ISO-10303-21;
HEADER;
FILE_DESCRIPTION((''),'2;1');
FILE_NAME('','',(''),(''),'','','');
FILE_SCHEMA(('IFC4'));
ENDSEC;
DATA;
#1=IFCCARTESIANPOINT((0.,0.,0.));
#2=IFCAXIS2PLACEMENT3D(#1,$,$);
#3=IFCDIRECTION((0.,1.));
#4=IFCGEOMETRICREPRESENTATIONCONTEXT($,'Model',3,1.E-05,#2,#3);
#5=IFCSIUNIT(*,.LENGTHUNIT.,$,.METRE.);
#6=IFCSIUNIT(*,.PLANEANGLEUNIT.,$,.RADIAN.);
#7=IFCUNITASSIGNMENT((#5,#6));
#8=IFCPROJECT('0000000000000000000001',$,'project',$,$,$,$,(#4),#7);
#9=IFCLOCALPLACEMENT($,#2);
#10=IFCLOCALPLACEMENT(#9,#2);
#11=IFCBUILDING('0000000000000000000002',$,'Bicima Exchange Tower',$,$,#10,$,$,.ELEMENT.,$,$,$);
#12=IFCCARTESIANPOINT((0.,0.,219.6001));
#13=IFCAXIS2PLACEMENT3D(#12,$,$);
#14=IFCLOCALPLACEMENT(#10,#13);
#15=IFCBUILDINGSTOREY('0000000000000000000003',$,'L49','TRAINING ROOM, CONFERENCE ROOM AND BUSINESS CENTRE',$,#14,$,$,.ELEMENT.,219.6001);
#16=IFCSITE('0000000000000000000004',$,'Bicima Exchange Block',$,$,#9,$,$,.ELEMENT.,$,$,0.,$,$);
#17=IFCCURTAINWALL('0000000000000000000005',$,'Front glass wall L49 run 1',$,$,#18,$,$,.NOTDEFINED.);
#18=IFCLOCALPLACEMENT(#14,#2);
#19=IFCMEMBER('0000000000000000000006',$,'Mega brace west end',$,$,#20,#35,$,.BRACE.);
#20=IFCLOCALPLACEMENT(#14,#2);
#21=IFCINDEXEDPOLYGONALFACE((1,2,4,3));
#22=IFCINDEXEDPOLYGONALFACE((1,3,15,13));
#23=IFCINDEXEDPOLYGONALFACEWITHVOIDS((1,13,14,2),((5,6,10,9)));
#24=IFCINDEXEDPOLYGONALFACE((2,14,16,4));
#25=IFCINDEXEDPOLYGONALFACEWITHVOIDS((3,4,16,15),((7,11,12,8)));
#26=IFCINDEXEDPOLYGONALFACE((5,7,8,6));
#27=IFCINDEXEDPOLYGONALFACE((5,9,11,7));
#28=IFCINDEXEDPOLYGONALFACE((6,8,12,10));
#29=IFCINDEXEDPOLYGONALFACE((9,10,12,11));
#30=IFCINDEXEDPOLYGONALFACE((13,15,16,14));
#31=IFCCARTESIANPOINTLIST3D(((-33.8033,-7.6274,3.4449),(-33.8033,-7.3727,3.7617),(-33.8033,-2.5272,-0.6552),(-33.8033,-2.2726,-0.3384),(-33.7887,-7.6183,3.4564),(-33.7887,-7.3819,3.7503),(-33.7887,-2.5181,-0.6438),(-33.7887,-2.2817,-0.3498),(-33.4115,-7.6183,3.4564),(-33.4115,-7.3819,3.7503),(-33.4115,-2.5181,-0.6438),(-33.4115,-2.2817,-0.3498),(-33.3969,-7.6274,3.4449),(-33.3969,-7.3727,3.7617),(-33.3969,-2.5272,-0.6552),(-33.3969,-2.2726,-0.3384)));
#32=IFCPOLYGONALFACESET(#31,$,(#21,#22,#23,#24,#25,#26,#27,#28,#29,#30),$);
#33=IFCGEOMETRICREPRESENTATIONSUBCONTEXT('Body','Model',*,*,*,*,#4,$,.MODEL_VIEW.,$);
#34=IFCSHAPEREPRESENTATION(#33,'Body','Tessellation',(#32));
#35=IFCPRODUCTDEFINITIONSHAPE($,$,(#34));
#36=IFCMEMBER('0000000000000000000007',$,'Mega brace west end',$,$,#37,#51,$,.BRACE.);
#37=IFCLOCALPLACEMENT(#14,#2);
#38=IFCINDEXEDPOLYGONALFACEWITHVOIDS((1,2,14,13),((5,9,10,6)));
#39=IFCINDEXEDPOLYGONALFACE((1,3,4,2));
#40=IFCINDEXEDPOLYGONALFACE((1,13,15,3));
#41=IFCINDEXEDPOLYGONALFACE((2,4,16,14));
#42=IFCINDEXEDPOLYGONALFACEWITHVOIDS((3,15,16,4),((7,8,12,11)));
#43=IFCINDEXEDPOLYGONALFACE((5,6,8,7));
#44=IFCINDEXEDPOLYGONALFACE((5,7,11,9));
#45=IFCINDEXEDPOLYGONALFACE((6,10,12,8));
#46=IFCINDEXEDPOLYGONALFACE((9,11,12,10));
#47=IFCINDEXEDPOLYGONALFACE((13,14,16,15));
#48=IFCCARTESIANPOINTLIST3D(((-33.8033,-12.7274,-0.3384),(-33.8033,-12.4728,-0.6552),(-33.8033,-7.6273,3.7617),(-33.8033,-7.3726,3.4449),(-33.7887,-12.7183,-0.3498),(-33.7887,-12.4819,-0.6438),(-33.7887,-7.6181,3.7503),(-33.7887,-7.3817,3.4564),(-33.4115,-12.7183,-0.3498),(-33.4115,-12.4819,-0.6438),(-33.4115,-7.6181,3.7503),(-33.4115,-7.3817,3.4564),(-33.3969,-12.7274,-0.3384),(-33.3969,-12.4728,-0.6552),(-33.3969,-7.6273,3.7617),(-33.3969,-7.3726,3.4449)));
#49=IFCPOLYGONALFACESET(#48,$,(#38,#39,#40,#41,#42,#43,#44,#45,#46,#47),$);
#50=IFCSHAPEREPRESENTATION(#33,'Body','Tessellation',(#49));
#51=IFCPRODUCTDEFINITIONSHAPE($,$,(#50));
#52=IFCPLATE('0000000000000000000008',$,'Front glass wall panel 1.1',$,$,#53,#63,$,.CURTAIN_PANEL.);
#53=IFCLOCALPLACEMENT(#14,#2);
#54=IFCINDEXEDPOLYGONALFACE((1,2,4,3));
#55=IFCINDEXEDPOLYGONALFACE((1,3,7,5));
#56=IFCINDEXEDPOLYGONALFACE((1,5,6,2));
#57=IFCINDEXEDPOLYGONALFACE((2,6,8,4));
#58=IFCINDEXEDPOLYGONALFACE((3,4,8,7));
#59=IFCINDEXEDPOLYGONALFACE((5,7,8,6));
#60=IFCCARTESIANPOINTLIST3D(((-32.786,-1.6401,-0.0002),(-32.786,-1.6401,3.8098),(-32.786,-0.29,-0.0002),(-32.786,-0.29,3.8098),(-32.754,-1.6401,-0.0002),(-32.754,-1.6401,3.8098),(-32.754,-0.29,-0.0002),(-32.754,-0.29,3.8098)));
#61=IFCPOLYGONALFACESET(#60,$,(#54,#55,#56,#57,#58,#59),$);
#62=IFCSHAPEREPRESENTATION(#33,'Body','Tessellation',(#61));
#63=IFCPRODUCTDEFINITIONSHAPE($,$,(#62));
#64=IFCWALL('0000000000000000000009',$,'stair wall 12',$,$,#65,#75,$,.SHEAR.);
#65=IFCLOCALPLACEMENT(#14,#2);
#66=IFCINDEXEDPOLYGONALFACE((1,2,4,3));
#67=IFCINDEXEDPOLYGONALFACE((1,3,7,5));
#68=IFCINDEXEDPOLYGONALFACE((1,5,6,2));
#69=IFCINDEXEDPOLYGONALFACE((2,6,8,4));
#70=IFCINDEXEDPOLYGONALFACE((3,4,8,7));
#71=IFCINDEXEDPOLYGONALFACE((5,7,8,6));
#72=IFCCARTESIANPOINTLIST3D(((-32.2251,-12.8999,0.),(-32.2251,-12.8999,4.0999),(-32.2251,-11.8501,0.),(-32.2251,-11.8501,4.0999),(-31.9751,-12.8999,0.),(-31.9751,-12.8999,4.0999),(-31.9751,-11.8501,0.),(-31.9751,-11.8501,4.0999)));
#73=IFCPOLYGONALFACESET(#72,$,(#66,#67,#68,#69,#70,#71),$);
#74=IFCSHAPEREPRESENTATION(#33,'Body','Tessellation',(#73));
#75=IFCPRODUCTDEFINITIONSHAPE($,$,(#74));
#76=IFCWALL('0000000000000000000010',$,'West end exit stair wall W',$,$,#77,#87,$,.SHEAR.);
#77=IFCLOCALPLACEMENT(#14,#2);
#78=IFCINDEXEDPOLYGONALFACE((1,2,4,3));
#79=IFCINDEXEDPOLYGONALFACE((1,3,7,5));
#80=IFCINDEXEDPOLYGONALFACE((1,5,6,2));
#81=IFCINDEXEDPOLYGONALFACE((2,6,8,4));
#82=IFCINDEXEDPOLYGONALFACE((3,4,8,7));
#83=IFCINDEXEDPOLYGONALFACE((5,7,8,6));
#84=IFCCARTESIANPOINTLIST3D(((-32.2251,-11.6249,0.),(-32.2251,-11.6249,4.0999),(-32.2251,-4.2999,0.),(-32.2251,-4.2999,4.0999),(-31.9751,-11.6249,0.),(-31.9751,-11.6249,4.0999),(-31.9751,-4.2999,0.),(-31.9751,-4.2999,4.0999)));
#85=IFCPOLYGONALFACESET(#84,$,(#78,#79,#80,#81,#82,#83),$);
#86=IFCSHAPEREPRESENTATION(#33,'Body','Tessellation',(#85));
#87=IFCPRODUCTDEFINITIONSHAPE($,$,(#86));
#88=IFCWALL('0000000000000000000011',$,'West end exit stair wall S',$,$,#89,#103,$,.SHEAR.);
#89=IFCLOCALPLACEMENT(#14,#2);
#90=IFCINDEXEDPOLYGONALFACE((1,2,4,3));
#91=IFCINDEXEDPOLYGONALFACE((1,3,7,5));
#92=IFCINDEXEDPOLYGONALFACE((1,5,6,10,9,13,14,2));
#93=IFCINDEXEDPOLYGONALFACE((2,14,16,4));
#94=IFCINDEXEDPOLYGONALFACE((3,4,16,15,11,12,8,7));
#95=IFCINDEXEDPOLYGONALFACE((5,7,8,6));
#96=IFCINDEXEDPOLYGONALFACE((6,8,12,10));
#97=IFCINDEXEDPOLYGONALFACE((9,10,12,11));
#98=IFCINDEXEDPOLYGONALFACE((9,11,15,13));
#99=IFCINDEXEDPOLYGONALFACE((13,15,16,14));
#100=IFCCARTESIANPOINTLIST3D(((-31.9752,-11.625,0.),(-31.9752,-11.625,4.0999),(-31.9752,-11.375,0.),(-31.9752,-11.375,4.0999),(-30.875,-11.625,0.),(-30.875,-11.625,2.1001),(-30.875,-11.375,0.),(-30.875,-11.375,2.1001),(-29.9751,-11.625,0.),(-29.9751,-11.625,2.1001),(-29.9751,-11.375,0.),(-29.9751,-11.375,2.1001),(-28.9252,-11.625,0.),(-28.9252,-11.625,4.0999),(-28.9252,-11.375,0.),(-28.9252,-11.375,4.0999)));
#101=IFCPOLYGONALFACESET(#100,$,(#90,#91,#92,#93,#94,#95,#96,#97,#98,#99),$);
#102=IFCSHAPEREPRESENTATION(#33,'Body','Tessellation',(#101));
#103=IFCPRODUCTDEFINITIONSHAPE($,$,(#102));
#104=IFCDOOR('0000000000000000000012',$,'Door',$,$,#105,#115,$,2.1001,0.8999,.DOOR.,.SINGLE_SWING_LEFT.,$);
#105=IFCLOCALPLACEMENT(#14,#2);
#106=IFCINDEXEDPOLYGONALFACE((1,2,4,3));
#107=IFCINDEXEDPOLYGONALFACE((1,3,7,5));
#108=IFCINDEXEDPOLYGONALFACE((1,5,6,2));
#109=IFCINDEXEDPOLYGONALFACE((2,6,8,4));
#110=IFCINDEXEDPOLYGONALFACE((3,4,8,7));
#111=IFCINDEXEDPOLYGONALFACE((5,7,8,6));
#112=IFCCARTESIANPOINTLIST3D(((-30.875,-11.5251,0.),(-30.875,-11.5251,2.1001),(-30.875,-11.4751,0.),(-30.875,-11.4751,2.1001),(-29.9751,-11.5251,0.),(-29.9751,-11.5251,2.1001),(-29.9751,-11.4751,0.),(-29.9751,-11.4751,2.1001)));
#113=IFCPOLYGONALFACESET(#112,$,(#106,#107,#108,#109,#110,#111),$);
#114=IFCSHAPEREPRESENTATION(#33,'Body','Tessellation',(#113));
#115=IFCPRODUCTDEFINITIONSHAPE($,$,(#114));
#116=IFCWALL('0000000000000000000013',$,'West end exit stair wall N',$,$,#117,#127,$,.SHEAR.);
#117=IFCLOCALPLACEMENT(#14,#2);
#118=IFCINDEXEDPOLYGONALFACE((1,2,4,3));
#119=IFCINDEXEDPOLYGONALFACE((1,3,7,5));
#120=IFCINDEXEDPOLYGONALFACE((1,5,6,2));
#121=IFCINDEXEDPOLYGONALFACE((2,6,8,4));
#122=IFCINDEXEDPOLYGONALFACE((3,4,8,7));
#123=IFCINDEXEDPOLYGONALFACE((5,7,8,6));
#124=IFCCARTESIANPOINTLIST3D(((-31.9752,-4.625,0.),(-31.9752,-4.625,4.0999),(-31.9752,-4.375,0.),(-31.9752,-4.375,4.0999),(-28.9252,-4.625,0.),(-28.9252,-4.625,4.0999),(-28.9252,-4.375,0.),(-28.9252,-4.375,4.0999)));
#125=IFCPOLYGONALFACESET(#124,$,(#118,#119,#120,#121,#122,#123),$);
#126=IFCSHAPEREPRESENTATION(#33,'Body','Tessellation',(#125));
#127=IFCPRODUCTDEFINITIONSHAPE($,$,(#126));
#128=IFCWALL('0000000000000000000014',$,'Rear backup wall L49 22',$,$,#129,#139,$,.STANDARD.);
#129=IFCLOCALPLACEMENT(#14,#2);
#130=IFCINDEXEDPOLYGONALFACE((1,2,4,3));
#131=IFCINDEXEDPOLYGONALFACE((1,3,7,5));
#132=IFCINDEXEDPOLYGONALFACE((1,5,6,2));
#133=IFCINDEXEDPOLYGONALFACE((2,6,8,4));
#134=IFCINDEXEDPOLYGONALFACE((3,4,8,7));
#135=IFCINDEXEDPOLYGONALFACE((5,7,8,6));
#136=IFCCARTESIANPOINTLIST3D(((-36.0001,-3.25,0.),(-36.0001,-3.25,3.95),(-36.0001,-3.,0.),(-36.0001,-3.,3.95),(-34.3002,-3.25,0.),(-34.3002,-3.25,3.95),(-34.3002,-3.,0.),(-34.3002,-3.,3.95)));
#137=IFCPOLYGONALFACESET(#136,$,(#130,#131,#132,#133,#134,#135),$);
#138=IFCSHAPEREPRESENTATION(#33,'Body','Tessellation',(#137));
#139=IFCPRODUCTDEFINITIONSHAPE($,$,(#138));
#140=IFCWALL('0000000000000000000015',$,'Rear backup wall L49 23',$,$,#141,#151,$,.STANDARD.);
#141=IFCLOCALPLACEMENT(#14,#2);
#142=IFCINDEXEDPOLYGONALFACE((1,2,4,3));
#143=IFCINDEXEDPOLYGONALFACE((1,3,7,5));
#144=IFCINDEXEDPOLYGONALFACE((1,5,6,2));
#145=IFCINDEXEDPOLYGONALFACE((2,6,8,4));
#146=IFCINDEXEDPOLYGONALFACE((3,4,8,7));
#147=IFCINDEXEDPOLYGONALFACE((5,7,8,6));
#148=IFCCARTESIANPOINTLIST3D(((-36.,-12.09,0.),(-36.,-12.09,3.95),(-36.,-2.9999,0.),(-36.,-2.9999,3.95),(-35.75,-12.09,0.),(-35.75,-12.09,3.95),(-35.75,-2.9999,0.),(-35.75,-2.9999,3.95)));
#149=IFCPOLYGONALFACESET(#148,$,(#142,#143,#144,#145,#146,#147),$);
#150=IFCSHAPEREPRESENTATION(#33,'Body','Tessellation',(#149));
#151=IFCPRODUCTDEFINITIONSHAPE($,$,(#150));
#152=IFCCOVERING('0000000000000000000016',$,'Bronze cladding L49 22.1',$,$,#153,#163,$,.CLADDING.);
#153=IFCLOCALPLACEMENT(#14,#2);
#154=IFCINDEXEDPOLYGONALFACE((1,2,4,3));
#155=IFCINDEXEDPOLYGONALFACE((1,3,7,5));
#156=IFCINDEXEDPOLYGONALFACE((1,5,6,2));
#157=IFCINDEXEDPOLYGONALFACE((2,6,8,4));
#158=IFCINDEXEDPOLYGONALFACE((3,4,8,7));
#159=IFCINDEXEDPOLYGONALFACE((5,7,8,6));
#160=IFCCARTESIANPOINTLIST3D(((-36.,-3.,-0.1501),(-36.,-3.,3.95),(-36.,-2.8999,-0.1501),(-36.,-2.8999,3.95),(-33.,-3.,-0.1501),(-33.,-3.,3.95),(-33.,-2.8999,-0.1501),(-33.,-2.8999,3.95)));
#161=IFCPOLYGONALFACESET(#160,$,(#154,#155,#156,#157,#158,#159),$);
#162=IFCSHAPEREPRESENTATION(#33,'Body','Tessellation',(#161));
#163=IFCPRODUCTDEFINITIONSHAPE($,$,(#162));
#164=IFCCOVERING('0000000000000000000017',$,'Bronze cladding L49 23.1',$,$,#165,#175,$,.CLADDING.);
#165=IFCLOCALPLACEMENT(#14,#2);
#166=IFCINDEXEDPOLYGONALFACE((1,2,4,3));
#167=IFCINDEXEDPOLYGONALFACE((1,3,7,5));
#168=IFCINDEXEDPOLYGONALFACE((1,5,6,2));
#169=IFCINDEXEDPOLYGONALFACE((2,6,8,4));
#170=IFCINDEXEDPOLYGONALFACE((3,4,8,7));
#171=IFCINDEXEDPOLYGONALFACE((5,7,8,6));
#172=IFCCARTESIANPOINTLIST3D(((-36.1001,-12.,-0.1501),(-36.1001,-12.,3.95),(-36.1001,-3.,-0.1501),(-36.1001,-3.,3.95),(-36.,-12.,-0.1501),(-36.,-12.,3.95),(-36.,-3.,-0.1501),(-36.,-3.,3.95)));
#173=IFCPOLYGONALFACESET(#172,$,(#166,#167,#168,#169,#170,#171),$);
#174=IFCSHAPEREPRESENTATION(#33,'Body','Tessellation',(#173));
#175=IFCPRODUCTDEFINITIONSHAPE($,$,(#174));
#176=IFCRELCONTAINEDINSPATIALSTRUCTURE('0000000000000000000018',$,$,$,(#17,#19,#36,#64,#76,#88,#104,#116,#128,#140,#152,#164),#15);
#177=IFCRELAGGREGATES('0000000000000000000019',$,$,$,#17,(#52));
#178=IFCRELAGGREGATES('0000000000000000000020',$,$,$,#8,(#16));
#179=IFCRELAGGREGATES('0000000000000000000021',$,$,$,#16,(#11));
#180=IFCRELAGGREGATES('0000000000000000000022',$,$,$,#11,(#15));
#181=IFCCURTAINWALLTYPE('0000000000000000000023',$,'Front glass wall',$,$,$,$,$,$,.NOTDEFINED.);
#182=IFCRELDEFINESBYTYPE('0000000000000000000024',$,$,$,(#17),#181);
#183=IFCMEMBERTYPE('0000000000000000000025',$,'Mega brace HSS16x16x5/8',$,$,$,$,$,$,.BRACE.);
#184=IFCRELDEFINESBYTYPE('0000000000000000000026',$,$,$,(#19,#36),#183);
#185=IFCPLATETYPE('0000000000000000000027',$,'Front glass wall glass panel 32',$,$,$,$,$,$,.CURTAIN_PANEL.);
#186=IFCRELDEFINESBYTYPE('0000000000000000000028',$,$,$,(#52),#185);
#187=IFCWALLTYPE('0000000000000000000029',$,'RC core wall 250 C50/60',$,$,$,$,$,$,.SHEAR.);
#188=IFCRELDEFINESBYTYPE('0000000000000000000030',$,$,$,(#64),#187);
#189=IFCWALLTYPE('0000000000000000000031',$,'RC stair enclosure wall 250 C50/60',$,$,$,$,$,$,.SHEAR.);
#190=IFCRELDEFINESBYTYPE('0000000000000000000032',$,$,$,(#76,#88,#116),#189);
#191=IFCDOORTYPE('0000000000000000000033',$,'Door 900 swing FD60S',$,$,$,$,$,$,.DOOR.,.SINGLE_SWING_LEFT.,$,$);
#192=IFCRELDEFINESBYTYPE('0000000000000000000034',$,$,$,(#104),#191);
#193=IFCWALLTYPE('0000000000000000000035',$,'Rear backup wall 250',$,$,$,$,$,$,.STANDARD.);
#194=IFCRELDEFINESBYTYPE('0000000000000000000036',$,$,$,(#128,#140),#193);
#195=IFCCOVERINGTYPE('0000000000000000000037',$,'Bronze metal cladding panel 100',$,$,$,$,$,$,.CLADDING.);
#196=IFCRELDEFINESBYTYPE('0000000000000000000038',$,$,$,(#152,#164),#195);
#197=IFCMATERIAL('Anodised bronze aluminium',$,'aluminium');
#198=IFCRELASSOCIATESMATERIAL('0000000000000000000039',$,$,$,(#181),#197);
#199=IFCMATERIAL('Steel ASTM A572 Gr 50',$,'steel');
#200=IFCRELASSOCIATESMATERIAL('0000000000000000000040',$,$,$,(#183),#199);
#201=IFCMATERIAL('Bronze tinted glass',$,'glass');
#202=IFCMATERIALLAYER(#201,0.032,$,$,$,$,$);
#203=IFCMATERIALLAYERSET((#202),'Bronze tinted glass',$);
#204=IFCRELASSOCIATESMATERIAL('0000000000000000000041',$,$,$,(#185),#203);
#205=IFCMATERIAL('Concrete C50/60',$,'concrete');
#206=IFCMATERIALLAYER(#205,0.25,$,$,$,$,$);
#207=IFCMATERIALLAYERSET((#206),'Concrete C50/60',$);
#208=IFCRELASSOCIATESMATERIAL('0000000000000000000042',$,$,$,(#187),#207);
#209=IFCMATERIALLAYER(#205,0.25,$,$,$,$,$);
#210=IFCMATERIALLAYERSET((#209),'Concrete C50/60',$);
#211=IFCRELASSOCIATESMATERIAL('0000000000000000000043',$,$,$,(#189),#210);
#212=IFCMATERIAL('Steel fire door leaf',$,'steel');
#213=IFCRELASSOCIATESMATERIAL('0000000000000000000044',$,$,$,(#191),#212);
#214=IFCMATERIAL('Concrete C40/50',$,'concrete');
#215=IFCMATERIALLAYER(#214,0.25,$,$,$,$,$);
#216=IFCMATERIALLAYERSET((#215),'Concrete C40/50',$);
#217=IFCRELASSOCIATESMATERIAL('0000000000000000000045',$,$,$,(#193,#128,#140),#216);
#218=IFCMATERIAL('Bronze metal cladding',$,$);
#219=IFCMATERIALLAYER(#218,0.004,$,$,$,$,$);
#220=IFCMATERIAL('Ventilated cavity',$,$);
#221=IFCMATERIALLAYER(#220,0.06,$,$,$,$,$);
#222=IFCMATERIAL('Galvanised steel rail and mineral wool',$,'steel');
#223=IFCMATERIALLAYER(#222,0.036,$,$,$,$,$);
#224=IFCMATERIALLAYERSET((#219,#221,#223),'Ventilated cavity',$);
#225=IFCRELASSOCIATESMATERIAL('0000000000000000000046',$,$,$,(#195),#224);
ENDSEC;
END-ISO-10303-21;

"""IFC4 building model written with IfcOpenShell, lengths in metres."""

from ifc_helpers import new_model, si_unit, direction, frame, frame_2d, origin, origin_2d, place, context, subcontext, project, spatial, rectangle, hollow_rectangle, extrude, material, layer, layer_set, layer_usage, material_profile, profile_set, type_object, element, fill, aggregate, save


model = new_model("IFC4")

# Units and contexts
model_context = context("Model", 3, precision=1e-05, world=origin(), true_north=direction((0.0, 1.0)))
body_context = subcontext(model_context, "Body", "Model", "MODEL_VIEW")
ifc_project = project(units=[si_unit("LENGTHUNIT", "METRE"), si_unit("PLANEANGLEUNIT", "RADIAN")], contexts=[model_context])

# Site, building, storey
site_placement = place(None, origin())
site = spatial("IfcSite", under=ifc_project, at=site_placement, Name="Bicima Exchange Block", CompositionType="ELEMENT", RefElevation=0.0)
building_placement = place(site_placement, origin())
building = spatial("IfcBuilding", under=site, at=building_placement, Name="Bicima Exchange Tower", CompositionType="ELEMENT")
storey_placement = place(building_placement, frame((0.0, 0.0, 219.6001)))
storey = spatial("IfcBuildingStorey", under=building, at=storey_placement, Name="L49", Description="TRAINING ROOM, CONFERENCE ROOM AND BUSINESS CENTRE", CompositionType="ELEMENT", Elevation=219.6001)

# Shared definitions
ifc_material_1 = material(Name="Steel ASTM A572 Gr 50", Category="steel")

# Shared definitions
ifc_material_2 = material(Name="Anodised bronze aluminium", Category="aluminium")

# Curtain wall
curtain_wall_type_1 = type_object("IfcCurtainWallType", Name="Front glass wall", PredefinedType="NOTDEFINED", material=ifc_material_2)
curtain_wall_1_placement = place(storey_placement, origin())
curtain_wall_1 = element("IfcCurtainWall", 1, at=curtain_wall_1_placement, inside=storey, type_object=curtain_wall_type_1, Name="Front glass wall L49 run 1", PredefinedType="NOTDEFINED")

# Members
ifc_material_profile_1 = material_profile(ifc_material_1, hollow_rectangle(XDim=0.4065, YDim=0.4065, WallThickness=0.0146, at=origin_2d()))
ifc_profile_set_1 = profile_set([ifc_material_profile_1], Name="Steel ASTM A572 Gr 50")
member_type_1 = type_object("IfcMemberType", Name="Mega brace HSS16x16x5/8", PredefinedType="BRACE", material=ifc_profile_set_1)
for number, where, z_axis, x_axis, name in (
    (2, (-33.6001, -2.3999, -0.4968), (0.0, -0.779374, 0.626559), (1.0, 0.0, 0.0), "Mega brace west end"),
    (3, (-33.6001, -12.6001, -0.4968), (0.0, 0.779374, 0.626559), (-1.0, 0.0, 0.0), "Mega brace west end"),
):
    element("IfcMember", number, at=place(storey_placement, frame(where, z_axis=z_axis, x_axis=x_axis)), inside=storey, type_object=member_type_1, Name=name, PredefinedType="BRACE", context=body_context, shape_type="SweptSolid", body=[
        extrude(hollow_rectangle(XDim=0.4065, YDim=0.4065, WallThickness=0.0146, at=origin_2d()), origin(), (0.0, 0.0, 1.0), 6.5439),
    ])

# Plate
ifc_material_3 = material(Name="Bronze tinted glass", Category="glass")
ifc_layer_1 = layer(ifc_material_3, 0.032)
ifc_layer_set_1 = layer_set([ifc_layer_1], Name="Bronze tinted glass")
plate_type = type_object("IfcPlateType", Name="Front glass wall glass panel 32", PredefinedType="CURTAIN_PANEL", material=ifc_layer_set_1)
plate_placement = place(storey_placement, frame((-32.77, -0.9651, -0.0002), z_axis=(0.0, 0.0, 1.0), x_axis=(0.0, -1.0, 0.0)))
plate = element("IfcPlate", 4, at=plate_placement, type_object=plate_type, Name="Front glass wall panel 1.1", PredefinedType="CURTAIN_PANEL", context=body_context, shape_type="SweptSolid", body=[
    extrude(rectangle(XDim=1.3501, YDim=0.032, at=origin_2d()), origin(), (0.0, 0.0, 1.0), 3.8101),
])
aggregate(curtain_wall_1, [plate])

# Walls
ifc_material_4 = material(Name="Concrete C50/60", Category="concrete")
ifc_layer_2 = layer(ifc_material_4, 0.25)
ifc_layer_set_2 = layer_set([ifc_layer_2], Name="Concrete C50/60")
wall_type_1 = type_object("IfcWallType", Name="RC core wall 250 C50/60", PredefinedType="SHEAR", material=ifc_layer_set_2)
wall_1_placement = place(storey_placement, frame((-32.1001, -12.8999, 0.0), z_axis=(0.0, 0.0, 1.0), x_axis=(0.0, 1.0, 0.0)))
element("IfcWall", 5, at=wall_1_placement, inside=storey, type_object=wall_type_1, Name="stair wall 12", PredefinedType="SHEAR", context=body_context, shape_type="SweptSolid", body=[
    extrude(rectangle(XDim=1.0498, YDim=0.25, at=frame_2d((0.5249, 0.0))), origin(), (0.0, 0.0, 1.0), 4.0999),
])
ifc_layer_3 = layer(ifc_material_4, 0.25)
ifc_layer_set_3 = layer_set([ifc_layer_3], Name="Concrete C50/60")
wall_type_2 = type_object("IfcWallType", Name="RC stair enclosure wall 250 C50/60", PredefinedType="SHEAR", material=ifc_layer_set_3)
wall_2_placement = place(storey_placement, frame((-32.1001, -11.625, 0.0), z_axis=(0.0, 0.0, 1.0), x_axis=(0.0, 1.0, 0.0)))
element("IfcWall", 6, at=wall_2_placement, inside=storey, type_object=wall_type_2, Name="West end exit stair wall W", PredefinedType="SHEAR", context=body_context, shape_type="SweptSolid", body=[
    extrude(rectangle(XDim=7.325, YDim=0.25, at=frame_2d((3.6626, 0.0))), origin(), (0.0, 0.0, 1.0), 4.0999),
])

# Wall, opening, door
wall_3_placement = place(storey_placement, frame((-31.9751, -11.5, 0.0), z_axis=(0.0, 0.0, 1.0), x_axis=(1.0, 0.0, 0.0)))
wall_3 = element("IfcWall", 7, at=wall_3_placement, inside=storey, type_object=wall_type_2, Name="West end exit stair wall S", PredefinedType="SHEAR", context=body_context, shape_type="SweptSolid", body=[
    extrude(rectangle(XDim=3.05, YDim=0.25, at=frame_2d((1.5249, 0.0))), origin(), (0.0, 0.0, 1.0), 4.0999),
])
opening_placement = place(wall_3_placement, frame((1.1001, 0.0, 0.0)))
opening = element("IfcOpeningElement", 8, at=opening_placement, cuts=wall_3, PredefinedType="OPENING", context=body_context, shape_type="SweptSolid", body=[
    extrude(rectangle(XDim=0.8999, YDim=2.1001, at=frame_2d((0.45, 1.05))), frame((0.0, 0.137, 0.0), z_axis=(0.0, -1.0, 0.0), x_axis=(1.0, 0.0, 0.0)), (0.0, 0.0, 1.0), 0.2739),
])
ifc_material_5 = material(Name="Steel fire door leaf", Category="steel")
door_type = type_object("IfcDoorType", Name="Door 900 swing FD60S", OperationType="SINGLE_SWING_LEFT", PredefinedType="DOOR", material=ifc_material_5)
door_placement = place(opening_placement, origin())
door = element("IfcDoor", 9, at=door_placement, inside=storey, type_object=door_type, Name="Door", OperationType="SINGLE_SWING_LEFT", OverallHeight=2.1001, OverallWidth=0.8999, PredefinedType="DOOR", context=body_context, shape_type="SweptSolid", body=[
    extrude(rectangle(XDim=0.8999, YDim=2.1001, at=frame_2d((0.45, 1.05))), frame((0.0, 0.0249, 0.0), z_axis=(0.0, -1.0, 0.0), x_axis=(1.0, 0.0, 0.0)), (0.0, 0.0, 1.0), 0.05),
])
fill(opening, door)

# Walls
wall_4_placement = place(storey_placement, frame((-31.9751, -4.5, 0.0), z_axis=(0.0, 0.0, 1.0), x_axis=(1.0, 0.0, 0.0)))
element("IfcWall", 10, at=wall_4_placement, inside=storey, type_object=wall_type_2, Name="West end exit stair wall N", PredefinedType="SHEAR", context=body_context, shape_type="SweptSolid", body=[
    extrude(rectangle(XDim=3.05, YDim=0.25, at=frame_2d((1.5249, 0.0))), origin(), (0.0, 0.0, 1.0), 4.0999),
])
ifc_material_6 = material(Name="Concrete C40/50", Category="concrete")
ifc_layer_4 = layer(ifc_material_6, 0.25)
ifc_layer_set_4 = layer_set([ifc_layer_4], Name="Concrete C40/50")
ifc_layer_usage = layer_usage(ifc_layer_set_4, "AXIS2", "POSITIVE", -0.125)
wall_type_3 = type_object("IfcWallType", Name="Rear backup wall 250", PredefinedType="STANDARD", material=ifc_layer_set_4)
wall_5_placement = place(storey_placement, frame((-34.3, -3.125, 0.0), z_axis=(0.0, 0.0, 1.0), x_axis=(-1.0, 0.0, 0.0)))
element("IfcWall", 11, at=wall_5_placement, inside=storey, type_object=wall_type_3, material=ifc_layer_usage, Name="Rear backup wall L49 22", PredefinedType="STANDARD", context=body_context, shape_type="SweptSolid", body=[
    extrude(rectangle(XDim=1.7, YDim=0.25, at=frame_2d((0.8501, 0.0))), origin(), (0.0, 0.0, 1.0), 3.95),
])
wall_6_placement = place(storey_placement, frame((-35.875, -3.0, 0.0), z_axis=(0.0, 0.0, 1.0), x_axis=(0.0, -1.0, 0.0)))
element("IfcWall", 12, at=wall_6_placement, inside=storey, type_object=wall_type_3, material=ifc_layer_usage, Name="Rear backup wall L49 23", PredefinedType="STANDARD", context=body_context, shape_type="SweptSolid", body=[
    extrude(rectangle(XDim=9.0901, YDim=0.25, at=frame_2d((4.5449, 0.0))), origin(), (0.0, 0.0, 1.0), 3.95),
])

# Coverings
ifc_material_7 = material(Name="Bronze metal cladding")
ifc_layer_5 = layer(ifc_material_7, 0.004)
ifc_material_8 = material(Name="Ventilated cavity")
ifc_layer_6 = layer(ifc_material_8, 0.06)
ifc_material_9 = material(Name="Galvanised steel rail and mineral wool", Category="steel")
ifc_layer_7 = layer(ifc_material_9, 0.036)
ifc_layer_set_5 = layer_set([ifc_layer_5, ifc_layer_6, ifc_layer_7], Name="Ventilated cavity")
covering_type = type_object("IfcCoveringType", Name="Bronze metal cladding panel 100", PredefinedType="CLADDING", material=ifc_layer_set_5)
covering_1_placement = place(storey_placement, frame((-34.5, -2.95, -0.1501), z_axis=(0.0, 0.0, 1.0), x_axis=(-1.0, 0.0, 0.0)))
element("IfcCovering", 13, at=covering_1_placement, inside=storey, type_object=covering_type, Name="Bronze cladding L49 22.1", PredefinedType="CLADDING", context=body_context, shape_type="SweptSolid", body=[
    extrude(rectangle(XDim=3.0, YDim=0.1001, at=origin_2d()), origin(), (0.0, 0.0, 1.0), 4.1001),
])
covering_2_placement = place(storey_placement, frame((-36.05, -7.5, -0.1501), z_axis=(0.0, 0.0, 1.0), x_axis=(0.0, -1.0, 0.0)))
element("IfcCovering", 14, at=covering_2_placement, inside=storey, type_object=covering_type, Name="Bronze cladding L49 23.1", PredefinedType="CLADDING", context=body_context, shape_type="SweptSolid", body=[
    extrude(rectangle(XDim=9.0, YDim=0.1001, at=origin_2d()), origin(), (0.0, 0.0, 1.0), 4.1001),
])

save(model, "model.ifc")
